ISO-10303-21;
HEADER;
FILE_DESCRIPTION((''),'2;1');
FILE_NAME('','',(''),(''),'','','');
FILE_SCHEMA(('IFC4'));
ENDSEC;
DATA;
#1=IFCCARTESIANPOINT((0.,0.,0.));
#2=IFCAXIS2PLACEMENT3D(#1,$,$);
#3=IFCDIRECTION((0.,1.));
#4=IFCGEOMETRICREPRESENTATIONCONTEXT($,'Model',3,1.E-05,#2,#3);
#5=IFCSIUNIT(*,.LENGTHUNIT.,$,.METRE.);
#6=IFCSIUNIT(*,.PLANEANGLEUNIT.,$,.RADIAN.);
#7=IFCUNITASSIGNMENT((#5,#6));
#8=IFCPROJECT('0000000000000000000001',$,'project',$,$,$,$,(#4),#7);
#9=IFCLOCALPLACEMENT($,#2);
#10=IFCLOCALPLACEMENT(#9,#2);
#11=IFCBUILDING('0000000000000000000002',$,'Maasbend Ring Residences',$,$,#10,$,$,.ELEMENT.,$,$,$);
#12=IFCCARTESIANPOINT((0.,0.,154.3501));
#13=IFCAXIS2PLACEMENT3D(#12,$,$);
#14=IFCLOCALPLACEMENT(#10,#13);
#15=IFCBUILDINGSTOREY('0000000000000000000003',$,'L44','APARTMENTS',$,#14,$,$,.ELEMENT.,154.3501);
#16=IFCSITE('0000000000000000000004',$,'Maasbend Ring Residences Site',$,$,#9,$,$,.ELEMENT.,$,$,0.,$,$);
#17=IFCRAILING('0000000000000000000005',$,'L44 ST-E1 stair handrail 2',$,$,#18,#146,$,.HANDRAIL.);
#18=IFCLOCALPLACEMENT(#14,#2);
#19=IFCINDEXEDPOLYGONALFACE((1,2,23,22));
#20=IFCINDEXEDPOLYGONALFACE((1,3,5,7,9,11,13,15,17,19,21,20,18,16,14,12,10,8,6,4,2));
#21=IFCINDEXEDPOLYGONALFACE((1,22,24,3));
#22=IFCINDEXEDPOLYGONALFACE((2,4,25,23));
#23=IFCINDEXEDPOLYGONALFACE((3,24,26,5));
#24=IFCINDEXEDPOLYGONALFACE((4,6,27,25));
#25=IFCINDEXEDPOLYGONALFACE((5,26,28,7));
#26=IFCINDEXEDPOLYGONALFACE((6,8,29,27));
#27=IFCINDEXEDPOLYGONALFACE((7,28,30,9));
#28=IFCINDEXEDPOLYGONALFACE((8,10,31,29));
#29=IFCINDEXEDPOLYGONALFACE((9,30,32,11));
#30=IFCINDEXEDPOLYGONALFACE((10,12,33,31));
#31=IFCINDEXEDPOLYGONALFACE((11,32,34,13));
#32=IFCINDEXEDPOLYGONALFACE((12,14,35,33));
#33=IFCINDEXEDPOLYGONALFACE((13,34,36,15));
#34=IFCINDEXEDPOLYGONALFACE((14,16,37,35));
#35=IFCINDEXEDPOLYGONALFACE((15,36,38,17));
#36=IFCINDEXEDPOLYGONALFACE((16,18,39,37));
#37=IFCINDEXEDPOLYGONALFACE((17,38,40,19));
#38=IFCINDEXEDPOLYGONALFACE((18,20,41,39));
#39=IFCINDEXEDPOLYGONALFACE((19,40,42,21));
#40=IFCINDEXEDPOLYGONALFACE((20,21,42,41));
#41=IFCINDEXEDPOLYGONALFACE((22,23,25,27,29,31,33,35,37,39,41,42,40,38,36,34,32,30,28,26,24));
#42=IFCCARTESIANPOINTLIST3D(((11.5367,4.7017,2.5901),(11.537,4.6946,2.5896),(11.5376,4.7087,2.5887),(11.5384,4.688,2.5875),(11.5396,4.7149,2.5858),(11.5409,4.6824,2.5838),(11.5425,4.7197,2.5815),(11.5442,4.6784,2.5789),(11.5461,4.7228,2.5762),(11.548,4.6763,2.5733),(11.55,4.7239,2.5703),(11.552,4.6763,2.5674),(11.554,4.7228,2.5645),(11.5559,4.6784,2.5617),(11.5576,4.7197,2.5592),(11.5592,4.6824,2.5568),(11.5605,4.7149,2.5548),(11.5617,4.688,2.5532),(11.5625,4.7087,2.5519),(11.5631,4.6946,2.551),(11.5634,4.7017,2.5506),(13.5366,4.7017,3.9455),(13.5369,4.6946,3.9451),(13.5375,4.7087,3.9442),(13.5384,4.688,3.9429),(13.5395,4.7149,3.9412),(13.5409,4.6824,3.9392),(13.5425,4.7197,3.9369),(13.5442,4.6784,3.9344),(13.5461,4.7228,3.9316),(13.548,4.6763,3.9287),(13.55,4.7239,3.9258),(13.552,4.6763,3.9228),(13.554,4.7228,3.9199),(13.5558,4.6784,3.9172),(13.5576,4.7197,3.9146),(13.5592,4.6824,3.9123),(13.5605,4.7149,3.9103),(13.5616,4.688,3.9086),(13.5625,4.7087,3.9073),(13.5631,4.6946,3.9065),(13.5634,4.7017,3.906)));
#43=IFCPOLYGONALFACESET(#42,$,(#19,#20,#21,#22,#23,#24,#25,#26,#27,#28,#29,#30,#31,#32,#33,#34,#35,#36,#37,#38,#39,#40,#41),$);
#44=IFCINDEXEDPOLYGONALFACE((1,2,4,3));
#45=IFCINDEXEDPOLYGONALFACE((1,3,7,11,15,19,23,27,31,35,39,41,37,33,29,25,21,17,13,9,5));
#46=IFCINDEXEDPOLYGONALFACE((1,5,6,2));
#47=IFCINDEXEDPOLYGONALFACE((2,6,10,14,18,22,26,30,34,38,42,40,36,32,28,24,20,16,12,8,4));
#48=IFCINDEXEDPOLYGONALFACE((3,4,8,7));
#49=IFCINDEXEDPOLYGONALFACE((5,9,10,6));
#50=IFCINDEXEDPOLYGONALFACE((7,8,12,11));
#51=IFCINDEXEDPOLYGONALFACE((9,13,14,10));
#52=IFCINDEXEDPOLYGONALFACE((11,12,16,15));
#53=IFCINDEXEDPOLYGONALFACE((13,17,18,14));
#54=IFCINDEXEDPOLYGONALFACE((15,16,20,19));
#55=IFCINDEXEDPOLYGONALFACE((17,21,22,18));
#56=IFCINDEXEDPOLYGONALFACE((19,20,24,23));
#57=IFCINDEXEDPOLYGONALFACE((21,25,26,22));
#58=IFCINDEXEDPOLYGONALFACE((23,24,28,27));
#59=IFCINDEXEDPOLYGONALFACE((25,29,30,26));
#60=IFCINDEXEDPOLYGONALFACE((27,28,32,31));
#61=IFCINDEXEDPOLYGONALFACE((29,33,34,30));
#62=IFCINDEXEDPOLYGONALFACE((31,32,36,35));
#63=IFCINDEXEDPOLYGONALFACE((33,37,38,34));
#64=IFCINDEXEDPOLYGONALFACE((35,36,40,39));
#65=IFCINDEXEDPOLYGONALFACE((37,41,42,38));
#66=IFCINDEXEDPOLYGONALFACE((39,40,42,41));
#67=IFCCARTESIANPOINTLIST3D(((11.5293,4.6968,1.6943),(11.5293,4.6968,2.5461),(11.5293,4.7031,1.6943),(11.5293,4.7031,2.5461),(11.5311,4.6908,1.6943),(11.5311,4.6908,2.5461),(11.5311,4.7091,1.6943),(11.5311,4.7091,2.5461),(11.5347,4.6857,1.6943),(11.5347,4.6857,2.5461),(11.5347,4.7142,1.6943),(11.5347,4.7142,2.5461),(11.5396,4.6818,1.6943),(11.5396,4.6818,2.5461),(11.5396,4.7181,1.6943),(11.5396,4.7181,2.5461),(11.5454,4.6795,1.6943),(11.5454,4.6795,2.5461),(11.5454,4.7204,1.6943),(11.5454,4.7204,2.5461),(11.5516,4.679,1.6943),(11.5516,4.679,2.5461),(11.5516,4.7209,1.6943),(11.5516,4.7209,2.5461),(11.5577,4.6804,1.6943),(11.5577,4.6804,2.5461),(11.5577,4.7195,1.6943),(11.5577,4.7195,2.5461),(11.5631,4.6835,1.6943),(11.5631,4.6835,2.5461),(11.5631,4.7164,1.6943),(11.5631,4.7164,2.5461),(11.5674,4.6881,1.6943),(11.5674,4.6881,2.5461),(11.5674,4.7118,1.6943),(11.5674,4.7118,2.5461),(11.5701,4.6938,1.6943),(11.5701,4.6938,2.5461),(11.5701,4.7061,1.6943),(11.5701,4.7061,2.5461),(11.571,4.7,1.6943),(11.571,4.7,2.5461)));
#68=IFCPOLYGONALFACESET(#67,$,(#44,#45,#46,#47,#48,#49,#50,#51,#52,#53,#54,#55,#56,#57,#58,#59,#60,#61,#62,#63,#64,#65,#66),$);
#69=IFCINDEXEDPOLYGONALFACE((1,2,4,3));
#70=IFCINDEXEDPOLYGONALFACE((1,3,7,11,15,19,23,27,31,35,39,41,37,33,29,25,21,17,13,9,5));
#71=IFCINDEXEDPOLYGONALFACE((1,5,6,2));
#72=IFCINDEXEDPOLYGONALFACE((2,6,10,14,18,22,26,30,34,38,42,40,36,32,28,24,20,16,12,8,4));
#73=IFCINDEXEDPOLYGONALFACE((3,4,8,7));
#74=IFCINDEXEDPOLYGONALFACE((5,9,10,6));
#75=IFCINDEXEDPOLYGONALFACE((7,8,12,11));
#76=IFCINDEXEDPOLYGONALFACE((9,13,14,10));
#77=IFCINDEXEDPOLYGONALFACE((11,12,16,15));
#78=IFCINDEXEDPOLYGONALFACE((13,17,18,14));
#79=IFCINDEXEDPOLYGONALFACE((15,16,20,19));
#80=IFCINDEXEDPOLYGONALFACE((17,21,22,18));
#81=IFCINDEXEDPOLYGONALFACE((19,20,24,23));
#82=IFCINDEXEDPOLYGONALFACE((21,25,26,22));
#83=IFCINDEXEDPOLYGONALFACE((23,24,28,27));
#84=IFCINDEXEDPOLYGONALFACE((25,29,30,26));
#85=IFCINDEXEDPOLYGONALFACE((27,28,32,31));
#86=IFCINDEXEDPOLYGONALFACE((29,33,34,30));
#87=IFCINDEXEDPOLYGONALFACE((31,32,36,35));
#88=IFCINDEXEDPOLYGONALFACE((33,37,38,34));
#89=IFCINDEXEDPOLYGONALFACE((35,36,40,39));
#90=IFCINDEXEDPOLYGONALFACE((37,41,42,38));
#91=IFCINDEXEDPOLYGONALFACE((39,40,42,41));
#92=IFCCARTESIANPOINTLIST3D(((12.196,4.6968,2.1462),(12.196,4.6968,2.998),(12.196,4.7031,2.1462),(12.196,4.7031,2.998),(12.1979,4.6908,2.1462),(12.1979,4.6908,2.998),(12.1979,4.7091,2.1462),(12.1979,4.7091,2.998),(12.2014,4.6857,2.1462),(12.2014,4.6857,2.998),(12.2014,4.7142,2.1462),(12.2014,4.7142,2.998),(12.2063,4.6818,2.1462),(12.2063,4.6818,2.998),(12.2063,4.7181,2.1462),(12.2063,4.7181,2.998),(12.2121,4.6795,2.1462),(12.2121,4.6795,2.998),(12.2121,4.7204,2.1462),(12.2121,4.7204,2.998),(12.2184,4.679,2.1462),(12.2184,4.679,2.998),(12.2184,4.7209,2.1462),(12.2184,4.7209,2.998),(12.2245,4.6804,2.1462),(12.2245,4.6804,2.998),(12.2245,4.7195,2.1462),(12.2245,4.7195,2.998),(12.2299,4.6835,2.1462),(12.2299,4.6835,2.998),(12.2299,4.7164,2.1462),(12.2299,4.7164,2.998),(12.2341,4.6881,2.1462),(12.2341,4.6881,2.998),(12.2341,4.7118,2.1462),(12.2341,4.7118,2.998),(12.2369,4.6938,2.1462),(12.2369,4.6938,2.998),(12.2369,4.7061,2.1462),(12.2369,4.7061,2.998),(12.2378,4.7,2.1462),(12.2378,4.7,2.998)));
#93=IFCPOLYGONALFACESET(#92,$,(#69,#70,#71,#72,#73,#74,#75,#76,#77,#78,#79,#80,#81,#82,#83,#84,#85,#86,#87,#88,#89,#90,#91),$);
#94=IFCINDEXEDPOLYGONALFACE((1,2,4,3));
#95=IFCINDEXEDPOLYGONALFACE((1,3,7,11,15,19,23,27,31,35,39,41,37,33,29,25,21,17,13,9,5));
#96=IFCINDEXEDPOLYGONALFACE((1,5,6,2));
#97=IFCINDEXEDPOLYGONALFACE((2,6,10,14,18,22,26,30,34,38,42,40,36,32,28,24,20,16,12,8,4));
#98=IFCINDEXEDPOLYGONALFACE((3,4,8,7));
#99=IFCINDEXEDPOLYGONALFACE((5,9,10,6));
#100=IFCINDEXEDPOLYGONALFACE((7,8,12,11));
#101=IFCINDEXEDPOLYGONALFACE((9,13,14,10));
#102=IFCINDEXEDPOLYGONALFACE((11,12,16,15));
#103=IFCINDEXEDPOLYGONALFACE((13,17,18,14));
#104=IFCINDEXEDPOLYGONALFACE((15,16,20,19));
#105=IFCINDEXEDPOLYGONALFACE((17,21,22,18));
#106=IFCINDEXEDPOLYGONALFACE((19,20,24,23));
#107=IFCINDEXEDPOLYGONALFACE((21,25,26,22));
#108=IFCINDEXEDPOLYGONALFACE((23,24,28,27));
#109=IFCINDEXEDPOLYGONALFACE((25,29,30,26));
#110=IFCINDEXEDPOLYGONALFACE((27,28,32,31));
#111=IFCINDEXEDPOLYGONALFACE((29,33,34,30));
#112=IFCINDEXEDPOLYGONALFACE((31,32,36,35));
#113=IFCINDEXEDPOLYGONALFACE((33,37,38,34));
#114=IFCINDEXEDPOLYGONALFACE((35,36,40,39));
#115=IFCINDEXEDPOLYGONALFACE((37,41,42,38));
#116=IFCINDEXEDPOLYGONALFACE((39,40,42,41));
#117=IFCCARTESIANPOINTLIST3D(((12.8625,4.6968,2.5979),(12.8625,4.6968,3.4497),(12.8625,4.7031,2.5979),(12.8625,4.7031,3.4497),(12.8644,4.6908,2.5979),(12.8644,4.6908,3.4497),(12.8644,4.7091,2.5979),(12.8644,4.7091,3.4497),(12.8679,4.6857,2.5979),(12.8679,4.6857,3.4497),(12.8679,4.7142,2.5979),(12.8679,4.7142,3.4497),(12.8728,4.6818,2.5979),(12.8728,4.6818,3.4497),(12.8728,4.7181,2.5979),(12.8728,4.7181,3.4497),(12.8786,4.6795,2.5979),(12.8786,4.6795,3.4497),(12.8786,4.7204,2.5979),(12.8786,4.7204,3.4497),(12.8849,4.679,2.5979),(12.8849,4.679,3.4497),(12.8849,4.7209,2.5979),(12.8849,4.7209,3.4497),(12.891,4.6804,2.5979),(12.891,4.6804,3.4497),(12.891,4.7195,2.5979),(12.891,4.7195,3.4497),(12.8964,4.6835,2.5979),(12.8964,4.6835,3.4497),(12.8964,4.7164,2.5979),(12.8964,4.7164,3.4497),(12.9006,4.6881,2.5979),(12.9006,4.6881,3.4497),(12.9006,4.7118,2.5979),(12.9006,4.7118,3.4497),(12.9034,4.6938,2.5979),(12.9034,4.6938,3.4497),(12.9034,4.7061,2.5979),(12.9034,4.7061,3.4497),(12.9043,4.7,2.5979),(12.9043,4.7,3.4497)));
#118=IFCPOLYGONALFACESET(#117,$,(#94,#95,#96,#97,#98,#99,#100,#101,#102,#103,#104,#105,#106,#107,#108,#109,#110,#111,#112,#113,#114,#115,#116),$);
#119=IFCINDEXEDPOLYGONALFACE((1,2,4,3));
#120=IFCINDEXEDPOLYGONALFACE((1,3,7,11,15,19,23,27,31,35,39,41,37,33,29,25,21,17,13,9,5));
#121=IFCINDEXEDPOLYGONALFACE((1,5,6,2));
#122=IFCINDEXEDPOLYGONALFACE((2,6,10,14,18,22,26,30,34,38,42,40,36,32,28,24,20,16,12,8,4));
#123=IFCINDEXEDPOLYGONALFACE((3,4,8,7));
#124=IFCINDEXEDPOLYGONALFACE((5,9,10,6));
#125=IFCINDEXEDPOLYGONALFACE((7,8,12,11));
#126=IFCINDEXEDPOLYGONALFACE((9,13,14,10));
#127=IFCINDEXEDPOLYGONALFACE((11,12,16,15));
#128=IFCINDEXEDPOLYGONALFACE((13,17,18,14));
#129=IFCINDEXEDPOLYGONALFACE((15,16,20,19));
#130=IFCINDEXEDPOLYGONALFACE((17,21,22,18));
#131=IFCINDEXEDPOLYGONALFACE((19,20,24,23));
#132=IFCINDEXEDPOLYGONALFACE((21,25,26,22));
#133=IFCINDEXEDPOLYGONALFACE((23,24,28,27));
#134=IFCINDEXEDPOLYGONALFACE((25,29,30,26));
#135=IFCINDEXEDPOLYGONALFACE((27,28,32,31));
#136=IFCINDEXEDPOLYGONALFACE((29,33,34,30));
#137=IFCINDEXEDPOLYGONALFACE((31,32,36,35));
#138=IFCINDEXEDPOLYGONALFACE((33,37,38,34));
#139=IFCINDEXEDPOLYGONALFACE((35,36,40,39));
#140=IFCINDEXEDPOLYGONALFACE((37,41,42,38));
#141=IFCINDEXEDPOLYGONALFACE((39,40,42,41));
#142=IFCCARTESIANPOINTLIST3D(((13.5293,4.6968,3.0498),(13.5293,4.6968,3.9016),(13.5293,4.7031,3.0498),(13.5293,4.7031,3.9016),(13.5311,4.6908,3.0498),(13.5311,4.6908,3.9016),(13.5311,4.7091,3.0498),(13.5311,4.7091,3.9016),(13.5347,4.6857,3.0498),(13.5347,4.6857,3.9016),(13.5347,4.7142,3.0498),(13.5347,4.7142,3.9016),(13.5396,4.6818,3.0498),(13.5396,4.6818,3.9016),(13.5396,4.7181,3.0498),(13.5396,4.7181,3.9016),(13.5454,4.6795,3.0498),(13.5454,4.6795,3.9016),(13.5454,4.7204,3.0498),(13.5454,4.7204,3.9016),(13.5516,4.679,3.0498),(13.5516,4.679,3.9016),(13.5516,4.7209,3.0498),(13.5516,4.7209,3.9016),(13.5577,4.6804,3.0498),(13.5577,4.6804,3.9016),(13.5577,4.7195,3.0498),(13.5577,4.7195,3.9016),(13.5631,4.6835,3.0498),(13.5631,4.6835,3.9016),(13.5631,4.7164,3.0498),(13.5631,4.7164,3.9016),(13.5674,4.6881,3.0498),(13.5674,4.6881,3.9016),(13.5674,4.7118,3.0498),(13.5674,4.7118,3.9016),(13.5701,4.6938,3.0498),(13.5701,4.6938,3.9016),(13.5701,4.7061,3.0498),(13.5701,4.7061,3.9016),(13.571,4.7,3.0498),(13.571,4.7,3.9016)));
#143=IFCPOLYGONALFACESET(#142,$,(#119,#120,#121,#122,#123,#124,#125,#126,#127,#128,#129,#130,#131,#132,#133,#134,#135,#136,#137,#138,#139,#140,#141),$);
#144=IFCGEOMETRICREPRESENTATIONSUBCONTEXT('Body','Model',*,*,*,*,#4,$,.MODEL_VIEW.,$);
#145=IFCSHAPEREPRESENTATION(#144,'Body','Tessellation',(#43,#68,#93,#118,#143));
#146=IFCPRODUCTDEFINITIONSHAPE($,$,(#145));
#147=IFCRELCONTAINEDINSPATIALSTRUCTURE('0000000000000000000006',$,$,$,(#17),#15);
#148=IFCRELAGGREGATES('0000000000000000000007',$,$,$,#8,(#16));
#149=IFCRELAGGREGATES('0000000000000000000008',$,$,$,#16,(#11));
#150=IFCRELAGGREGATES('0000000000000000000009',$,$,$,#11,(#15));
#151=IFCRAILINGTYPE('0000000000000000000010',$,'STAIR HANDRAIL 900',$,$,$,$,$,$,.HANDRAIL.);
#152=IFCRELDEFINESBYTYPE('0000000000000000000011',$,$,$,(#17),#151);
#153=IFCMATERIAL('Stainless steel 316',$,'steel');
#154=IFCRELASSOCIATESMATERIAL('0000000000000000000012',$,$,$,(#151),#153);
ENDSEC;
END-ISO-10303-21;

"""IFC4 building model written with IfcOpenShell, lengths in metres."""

from ifc_helpers import new_model, si_unit, direction, frame, origin, origin_2d, place, context, subcontext, project, spatial, circle, extrude, material, type_object, element, save


model = new_model("IFC4")

# Units and contexts
model_context = context("Model", 3, precision=1e-05, world=origin(), true_north=direction((0.0, 1.0)))
body_context = subcontext(model_context, "Body", "Model", "MODEL_VIEW")
ifc_project = project(units=[si_unit("LENGTHUNIT", "METRE"), si_unit("PLANEANGLEUNIT", "RADIAN")], contexts=[model_context])

# Site, building, storey
site_placement = place(None, origin())
site = spatial("IfcSite", under=ifc_project, at=site_placement, Name="Maasbend Ring Residences Site", CompositionType="ELEMENT", RefElevation=0.0)
building_placement = place(site_placement, origin())
building = spatial("IfcBuilding", under=site, at=building_placement, Name="Maasbend Ring Residences", CompositionType="ELEMENT")
storey_placement = place(building_placement, frame((0.0, 0.0, 154.3501)))
storey = spatial("IfcBuildingStorey", under=building, at=storey_placement, Name="L44", Description="APARTMENTS", CompositionType="ELEMENT", Elevation=154.3501)

# Railing
ifc_material_1 = material(Name="Stainless steel 316", Category="steel")
railing_type_1 = type_object("IfcRailingType", Name="STAIR HANDRAIL 900", PredefinedType="HANDRAIL", material=ifc_material_1)
railing_1_placement = place(storey_placement, frame((11.55, 4.7, 1.6943)))
element("IfcRailing", 1, at=railing_1_placement, inside=storey, type_object=railing_type_1, Name="L44 ST-E1 stair handrail 2", PredefinedType="HANDRAIL", context=body_context, shape_type="SweptSolid", body=[
    extrude(circle(Radius=0.0239, at=origin_2d()), frame((0.0, 0.0, 0.876), z_axis=(0.827798, 0.0, 0.561027), x_axis=(0.0, 1.0, 0.0)), (0.0, 0.0, 1.0), 2.416),
    extrude(circle(Radius=0.021, at=origin_2d()), origin(), (0.0, 0.0, 1.0), 0.8518),
    extrude(circle(Radius=0.021, at=origin_2d()), frame((0.6667, 0.0, 0.4519)), (0.0, 0.0, 1.0), 0.8518),
    extrude(circle(Radius=0.021, at=origin_2d()), frame((1.3333, 0.0, 0.9036)), (0.0, 0.0, 1.0), 0.8518),
    extrude(circle(Radius=0.021, at=origin_2d()), frame((2.0, 0.0, 1.3555)), (0.0, 0.0, 1.0), 0.8518),
])

save(model, "model.ifc")
